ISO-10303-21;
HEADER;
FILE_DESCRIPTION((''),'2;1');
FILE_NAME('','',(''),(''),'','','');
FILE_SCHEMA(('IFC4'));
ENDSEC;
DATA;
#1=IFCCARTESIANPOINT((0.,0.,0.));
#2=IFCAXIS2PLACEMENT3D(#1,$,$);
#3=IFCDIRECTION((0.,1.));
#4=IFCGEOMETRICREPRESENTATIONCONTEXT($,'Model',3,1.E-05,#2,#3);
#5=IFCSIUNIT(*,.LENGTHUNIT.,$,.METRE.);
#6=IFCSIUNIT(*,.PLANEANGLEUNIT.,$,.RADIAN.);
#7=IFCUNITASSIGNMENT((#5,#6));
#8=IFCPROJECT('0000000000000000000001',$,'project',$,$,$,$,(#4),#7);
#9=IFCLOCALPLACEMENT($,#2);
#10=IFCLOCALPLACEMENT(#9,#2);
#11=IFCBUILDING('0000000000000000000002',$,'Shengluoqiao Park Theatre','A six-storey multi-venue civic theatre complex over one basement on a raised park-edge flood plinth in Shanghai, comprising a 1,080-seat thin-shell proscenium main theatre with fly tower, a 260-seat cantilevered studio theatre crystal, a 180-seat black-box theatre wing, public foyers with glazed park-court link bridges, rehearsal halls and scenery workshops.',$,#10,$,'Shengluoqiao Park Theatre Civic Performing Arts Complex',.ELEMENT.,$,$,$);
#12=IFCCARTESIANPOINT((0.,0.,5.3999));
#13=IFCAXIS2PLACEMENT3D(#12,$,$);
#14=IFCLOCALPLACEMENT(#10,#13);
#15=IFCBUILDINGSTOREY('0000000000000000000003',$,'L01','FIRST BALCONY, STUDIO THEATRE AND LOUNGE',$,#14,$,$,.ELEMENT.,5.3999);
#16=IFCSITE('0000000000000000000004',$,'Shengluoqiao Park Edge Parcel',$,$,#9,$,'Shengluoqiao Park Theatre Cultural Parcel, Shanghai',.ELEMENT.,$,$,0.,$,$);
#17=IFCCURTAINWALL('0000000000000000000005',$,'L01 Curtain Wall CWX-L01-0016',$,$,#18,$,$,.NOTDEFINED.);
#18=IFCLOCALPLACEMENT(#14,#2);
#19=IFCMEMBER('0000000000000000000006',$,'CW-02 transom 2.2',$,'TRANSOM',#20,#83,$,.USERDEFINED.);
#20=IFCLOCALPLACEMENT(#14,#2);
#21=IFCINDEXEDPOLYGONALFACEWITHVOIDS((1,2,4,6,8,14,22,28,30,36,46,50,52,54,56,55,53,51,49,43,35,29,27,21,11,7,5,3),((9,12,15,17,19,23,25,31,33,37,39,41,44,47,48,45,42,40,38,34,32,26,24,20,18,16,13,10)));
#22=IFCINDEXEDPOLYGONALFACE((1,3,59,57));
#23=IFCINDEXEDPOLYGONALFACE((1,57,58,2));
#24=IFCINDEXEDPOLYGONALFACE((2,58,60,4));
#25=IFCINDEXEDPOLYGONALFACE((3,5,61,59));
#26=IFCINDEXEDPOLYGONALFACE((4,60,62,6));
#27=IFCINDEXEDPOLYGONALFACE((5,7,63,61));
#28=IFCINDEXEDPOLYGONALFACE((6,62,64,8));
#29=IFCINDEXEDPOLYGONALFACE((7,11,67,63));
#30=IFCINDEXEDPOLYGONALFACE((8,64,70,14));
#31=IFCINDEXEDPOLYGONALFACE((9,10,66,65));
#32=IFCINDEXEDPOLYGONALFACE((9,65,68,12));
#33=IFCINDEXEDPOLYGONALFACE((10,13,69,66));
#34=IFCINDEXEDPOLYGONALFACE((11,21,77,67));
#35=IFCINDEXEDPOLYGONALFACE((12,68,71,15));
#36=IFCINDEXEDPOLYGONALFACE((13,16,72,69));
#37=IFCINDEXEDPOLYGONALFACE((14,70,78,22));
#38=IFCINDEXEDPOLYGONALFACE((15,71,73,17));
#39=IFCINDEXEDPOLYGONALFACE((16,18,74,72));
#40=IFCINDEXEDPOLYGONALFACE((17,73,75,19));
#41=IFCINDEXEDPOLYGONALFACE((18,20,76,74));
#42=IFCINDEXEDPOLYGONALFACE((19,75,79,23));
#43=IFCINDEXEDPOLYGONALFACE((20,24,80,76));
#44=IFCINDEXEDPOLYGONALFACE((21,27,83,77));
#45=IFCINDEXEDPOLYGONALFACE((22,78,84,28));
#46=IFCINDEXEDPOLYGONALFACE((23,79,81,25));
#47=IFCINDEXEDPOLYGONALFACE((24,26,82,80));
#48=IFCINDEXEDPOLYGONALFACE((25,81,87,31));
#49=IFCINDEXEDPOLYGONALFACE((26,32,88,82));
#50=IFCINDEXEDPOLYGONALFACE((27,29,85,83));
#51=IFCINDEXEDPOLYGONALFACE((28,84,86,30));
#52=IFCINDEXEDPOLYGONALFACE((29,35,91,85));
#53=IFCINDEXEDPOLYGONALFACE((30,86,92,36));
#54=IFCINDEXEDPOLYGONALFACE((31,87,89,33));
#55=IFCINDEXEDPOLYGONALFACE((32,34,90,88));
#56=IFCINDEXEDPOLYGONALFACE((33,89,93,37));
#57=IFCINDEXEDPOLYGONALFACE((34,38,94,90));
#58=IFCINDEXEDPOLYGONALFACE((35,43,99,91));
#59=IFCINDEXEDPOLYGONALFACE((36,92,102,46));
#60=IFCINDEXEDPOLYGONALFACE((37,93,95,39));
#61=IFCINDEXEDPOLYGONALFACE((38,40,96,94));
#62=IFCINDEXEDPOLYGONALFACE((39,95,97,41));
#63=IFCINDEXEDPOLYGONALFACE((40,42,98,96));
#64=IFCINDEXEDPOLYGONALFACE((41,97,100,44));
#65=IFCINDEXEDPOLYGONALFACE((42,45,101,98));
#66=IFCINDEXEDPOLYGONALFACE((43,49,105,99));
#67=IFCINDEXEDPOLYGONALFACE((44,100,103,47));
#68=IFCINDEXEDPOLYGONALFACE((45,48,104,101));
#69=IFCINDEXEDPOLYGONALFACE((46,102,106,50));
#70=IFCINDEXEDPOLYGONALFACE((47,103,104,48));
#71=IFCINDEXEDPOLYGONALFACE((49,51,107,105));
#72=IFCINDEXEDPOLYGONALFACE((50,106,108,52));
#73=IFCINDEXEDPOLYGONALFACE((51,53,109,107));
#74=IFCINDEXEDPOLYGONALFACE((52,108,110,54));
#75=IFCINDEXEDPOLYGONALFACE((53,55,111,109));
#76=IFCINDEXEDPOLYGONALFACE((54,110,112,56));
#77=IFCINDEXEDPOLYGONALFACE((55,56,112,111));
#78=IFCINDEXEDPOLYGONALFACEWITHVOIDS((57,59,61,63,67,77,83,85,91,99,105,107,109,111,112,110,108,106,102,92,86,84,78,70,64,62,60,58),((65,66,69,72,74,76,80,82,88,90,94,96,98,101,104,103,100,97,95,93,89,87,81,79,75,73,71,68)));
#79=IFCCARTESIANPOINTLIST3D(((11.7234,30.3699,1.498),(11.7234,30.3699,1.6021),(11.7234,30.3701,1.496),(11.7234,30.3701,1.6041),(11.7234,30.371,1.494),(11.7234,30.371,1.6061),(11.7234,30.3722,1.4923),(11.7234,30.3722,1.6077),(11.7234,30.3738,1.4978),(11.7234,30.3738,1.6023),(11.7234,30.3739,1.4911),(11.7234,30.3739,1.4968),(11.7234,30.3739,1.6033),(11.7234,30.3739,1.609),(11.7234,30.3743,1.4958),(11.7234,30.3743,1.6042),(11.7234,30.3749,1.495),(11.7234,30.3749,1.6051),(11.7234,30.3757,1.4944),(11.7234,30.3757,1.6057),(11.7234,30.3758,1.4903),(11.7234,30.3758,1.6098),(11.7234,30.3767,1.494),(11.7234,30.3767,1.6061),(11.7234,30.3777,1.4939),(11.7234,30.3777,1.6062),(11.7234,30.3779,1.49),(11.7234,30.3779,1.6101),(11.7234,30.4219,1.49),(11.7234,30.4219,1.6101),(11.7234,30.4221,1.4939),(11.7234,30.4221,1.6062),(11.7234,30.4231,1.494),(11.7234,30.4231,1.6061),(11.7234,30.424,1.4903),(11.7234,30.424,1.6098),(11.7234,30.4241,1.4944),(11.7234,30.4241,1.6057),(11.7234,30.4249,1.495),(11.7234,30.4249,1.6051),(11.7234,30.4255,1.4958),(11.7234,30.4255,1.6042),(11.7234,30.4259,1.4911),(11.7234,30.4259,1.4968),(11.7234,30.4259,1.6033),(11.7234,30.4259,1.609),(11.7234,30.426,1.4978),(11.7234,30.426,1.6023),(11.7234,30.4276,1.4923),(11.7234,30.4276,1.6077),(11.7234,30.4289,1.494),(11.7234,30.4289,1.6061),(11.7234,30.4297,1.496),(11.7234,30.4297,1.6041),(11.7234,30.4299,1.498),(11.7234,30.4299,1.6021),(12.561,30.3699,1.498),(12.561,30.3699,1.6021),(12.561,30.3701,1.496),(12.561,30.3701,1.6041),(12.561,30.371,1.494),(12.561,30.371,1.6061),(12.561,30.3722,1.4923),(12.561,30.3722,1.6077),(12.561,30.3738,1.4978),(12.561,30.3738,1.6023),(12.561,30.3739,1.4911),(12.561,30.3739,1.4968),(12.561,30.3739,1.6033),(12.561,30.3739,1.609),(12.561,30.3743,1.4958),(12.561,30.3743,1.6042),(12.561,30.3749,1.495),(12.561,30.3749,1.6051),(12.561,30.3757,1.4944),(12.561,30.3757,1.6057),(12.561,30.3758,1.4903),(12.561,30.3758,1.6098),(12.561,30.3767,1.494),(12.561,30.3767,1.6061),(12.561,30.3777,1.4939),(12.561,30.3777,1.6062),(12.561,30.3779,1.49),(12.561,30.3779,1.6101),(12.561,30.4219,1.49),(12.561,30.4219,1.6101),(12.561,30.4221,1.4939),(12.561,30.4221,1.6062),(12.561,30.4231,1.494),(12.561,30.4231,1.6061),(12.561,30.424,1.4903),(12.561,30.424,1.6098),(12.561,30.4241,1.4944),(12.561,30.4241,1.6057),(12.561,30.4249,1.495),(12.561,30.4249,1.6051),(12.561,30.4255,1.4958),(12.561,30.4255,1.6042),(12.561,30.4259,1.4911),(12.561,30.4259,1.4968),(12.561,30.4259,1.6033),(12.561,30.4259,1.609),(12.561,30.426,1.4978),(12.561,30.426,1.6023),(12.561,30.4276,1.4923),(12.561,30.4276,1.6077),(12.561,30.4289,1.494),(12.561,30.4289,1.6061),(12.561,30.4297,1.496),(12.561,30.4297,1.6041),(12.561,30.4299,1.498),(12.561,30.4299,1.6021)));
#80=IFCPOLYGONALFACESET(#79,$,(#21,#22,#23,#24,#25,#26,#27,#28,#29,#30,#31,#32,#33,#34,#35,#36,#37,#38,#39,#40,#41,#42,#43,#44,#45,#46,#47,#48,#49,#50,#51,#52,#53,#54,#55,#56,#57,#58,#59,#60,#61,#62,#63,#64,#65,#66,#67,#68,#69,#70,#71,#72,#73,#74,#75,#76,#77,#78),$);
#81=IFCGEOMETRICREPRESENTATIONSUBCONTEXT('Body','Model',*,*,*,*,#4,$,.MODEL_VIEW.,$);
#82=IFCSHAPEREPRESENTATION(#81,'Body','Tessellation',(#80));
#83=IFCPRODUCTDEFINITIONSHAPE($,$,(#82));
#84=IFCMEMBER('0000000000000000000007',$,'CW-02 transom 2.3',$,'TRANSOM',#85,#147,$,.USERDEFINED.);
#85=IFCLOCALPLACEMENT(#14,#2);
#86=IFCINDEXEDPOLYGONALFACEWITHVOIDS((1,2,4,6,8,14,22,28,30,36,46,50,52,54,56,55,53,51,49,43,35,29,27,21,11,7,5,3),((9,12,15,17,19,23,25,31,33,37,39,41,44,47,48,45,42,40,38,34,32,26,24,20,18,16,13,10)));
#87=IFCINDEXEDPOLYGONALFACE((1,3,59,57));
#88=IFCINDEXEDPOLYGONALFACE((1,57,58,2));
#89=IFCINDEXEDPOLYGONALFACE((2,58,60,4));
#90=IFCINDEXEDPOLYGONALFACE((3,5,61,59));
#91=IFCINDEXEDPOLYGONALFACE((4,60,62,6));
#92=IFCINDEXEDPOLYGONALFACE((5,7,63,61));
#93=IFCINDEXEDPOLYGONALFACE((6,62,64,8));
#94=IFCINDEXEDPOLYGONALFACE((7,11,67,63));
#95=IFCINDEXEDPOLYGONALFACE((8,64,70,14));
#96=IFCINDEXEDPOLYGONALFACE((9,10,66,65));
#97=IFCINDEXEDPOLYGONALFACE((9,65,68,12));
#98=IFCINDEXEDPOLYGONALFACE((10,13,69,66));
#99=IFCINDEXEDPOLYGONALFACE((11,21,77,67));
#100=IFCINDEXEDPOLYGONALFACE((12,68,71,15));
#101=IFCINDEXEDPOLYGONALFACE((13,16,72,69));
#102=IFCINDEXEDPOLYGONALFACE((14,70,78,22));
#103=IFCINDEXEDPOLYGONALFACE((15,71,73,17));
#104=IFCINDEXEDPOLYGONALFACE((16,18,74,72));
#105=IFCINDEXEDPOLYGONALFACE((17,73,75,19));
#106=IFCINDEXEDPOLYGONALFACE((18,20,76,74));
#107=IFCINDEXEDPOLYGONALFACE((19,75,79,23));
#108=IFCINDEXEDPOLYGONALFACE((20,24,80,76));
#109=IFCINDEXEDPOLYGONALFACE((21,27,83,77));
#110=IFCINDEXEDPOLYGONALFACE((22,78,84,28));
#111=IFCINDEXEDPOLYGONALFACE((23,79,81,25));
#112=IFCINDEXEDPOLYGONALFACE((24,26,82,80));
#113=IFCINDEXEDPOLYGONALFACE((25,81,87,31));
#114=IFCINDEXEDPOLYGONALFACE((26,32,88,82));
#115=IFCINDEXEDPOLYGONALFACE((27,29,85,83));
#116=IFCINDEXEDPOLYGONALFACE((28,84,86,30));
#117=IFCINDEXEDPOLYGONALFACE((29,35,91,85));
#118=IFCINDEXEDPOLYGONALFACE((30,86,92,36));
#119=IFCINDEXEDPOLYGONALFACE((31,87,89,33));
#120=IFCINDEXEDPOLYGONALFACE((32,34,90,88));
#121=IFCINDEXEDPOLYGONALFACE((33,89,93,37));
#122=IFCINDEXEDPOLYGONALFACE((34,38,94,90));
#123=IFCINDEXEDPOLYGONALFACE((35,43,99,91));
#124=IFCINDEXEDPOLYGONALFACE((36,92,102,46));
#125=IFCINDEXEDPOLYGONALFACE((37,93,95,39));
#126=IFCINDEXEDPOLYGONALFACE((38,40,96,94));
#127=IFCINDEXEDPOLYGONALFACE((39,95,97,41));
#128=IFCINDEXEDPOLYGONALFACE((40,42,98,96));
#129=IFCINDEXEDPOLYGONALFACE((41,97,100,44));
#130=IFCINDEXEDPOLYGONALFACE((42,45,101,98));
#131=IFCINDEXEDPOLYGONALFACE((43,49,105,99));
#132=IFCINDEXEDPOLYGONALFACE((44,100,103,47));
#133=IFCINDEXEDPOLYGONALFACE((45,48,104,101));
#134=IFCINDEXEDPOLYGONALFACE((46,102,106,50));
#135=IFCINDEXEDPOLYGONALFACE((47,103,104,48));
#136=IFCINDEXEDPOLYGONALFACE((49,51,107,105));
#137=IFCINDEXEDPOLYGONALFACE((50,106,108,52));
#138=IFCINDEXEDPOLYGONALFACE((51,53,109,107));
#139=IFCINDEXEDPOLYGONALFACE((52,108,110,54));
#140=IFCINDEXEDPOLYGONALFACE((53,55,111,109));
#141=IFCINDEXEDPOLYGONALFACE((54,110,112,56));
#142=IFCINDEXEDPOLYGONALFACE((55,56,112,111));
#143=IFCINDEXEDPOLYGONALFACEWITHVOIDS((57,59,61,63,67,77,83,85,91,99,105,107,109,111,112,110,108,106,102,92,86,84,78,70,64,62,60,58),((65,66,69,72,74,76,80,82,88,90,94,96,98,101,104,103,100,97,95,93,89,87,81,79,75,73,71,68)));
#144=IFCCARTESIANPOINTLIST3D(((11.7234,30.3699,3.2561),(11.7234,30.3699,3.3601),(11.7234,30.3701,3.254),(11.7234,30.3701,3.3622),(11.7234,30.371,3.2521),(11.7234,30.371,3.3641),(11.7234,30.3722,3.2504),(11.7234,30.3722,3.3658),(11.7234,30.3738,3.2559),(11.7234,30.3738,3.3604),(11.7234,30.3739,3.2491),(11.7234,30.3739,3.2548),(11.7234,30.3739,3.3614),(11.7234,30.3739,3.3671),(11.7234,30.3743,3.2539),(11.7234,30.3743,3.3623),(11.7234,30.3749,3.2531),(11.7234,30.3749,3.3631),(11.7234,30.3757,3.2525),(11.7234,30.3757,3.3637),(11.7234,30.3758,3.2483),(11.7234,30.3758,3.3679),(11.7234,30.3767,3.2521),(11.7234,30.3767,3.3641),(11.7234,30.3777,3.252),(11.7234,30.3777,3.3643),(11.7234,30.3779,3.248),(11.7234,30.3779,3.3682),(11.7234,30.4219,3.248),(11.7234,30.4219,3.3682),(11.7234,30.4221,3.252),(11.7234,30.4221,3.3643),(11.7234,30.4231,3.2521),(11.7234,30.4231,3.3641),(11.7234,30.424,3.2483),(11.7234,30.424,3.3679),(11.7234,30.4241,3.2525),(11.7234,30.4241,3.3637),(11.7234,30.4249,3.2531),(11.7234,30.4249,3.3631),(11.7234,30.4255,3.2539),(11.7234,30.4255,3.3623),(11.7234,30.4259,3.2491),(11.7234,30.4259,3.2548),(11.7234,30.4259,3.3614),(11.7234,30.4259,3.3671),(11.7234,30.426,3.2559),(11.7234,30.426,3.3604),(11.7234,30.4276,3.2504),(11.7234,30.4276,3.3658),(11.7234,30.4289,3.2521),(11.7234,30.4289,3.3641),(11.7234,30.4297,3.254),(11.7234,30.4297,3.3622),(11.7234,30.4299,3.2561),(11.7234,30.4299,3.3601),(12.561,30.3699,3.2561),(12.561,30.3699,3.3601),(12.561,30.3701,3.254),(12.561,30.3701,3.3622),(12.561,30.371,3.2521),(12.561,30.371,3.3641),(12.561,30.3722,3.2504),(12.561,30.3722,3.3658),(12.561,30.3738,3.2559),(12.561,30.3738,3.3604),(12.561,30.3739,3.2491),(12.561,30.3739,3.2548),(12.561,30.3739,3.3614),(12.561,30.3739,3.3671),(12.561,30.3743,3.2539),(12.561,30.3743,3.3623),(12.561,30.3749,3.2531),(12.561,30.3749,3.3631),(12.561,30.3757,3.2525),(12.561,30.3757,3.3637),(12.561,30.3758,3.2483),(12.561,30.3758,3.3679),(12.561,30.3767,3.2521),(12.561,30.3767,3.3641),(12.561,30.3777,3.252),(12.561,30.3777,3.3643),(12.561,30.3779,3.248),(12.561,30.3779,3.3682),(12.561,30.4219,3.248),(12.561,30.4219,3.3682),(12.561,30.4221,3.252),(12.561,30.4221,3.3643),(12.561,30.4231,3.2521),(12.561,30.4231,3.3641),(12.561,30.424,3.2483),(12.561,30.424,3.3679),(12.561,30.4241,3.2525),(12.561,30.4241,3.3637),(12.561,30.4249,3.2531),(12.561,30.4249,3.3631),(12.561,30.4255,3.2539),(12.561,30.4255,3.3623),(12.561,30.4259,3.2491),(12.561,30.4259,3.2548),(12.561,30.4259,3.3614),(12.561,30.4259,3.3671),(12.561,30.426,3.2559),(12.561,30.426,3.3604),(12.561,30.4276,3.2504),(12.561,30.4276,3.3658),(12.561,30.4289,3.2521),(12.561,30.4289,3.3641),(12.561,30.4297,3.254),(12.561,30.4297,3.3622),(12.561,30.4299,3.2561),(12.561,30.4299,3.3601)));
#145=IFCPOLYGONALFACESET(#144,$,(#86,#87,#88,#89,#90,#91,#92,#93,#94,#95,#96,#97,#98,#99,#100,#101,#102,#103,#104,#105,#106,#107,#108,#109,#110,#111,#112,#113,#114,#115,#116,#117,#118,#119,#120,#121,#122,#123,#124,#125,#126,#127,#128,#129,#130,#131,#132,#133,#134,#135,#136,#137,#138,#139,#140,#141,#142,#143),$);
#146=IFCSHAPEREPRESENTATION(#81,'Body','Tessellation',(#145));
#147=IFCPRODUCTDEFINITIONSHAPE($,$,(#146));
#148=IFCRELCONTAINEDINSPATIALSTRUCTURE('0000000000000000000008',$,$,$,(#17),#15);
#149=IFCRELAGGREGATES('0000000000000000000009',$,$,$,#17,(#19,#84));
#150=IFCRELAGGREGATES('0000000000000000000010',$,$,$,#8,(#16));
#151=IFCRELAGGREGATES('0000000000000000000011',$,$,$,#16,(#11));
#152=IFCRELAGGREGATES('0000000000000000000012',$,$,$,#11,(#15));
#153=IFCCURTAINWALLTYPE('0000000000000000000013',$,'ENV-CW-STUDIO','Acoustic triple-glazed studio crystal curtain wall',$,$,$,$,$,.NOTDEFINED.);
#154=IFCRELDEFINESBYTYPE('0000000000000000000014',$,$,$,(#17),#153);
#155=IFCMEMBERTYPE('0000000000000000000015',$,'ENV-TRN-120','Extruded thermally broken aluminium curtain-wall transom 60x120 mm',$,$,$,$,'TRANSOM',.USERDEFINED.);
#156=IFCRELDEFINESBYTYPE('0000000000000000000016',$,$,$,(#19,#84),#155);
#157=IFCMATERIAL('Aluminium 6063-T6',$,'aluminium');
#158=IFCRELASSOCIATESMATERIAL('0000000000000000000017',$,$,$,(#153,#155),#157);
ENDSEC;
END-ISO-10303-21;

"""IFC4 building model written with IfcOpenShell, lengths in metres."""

from ifc_helpers import new_model, si_unit, direction, frame, origin, origin_2d, place, context, subcontext, project, spatial, hollow_rectangle, extrude, material, material_profile, profile_set, type_object, element, aggregate, save


model = new_model("IFC4")

# Units and contexts
model_context = context("Model", 3, precision=1e-05, world=origin(), true_north=direction((0.0, 1.0)))
body_context = subcontext(model_context, "Body", "Model", "MODEL_VIEW")
ifc_project = project(units=[si_unit("LENGTHUNIT", "METRE"), si_unit("PLANEANGLEUNIT", "RADIAN")], contexts=[model_context])

# Site, building, storey
site_placement = place(None, origin())
site = spatial("IfcSite", under=ifc_project, at=site_placement, Name="Shengluoqiao Park Edge Parcel", LongName="Shengluoqiao Park Theatre Cultural Parcel, Shanghai", CompositionType="ELEMENT", RefElevation=0.0)
building_placement = place(site_placement, origin())
building = spatial("IfcBuilding", under=site, at=building_placement, Name="Shengluoqiao Park Theatre", Description="A six-storey multi-venue civic theatre complex over one basement on a raised park-edge flood plinth in Shanghai, comprising a 1,080-seat thin-shell proscenium main theatre with fly tower, a 260-seat cantilevered studio theatre crystal, a 180-seat black-box theatre wing, public foyers with glazed park-court link bridges, rehearsal halls and scenery workshops.", LongName="Shengluoqiao Park Theatre Civic Performing Arts Complex", CompositionType="ELEMENT")
storey_placement = place(building_placement, frame((0.0, 0.0, 5.3999)))
storey = spatial("IfcBuildingStorey", under=building, at=storey_placement, Name="L01", Description="FIRST BALCONY, STUDIO THEATRE AND LOUNGE", CompositionType="ELEMENT", Elevation=5.3999)

# Curtain wall
ifc_material_1 = material(Name="Aluminium 6063-T6", Category="aluminium")
curtain_wall_type = type_object("IfcCurtainWallType", Name="ENV-CW-STUDIO", Description="Acoustic triple-glazed studio crystal curtain wall", PredefinedType="NOTDEFINED", material=ifc_material_1)
curtain_wall_1_placement = place(storey_placement, origin())
curtain_wall_1 = element("IfcCurtainWall", 1, at=curtain_wall_1_placement, inside=storey, type_object=curtain_wall_type, Name="L01 Curtain Wall CWX-L01-0016", PredefinedType="NOTDEFINED")

# Members
ifc_material_profile_1 = material_profile(ifc_material_1, hollow_rectangle(XDim=0.0601, YDim=0.1201, WallThickness=0.0039, InnerFilletRadius=0.0039, OuterFilletRadius=0.0081, at=origin_2d()), Name="ALU TRANSOM 120x60x4")
ifc_profile_set_1 = profile_set([ifc_material_profile_1], Name="Aluminium 6063-T6")
member_type_1 = type_object("IfcMemberType", Name="ENV-TRN-120", Description="Extruded thermally broken aluminium curtain-wall transom 60x120 mm", ElementType="TRANSOM", PredefinedType="USERDEFINED", material=ifc_profile_set_1)
member_1_placement = place(storey_placement, frame((11.7234, 30.3999, 1.55), z_axis=(1.0, 0.0, 0.0), x_axis=(0.0, 1.0, 0.0)))
member_1 = element("IfcMember", 2, at=member_1_placement, type_object=member_type_1, Name="CW-02 transom 2.2", ObjectType="TRANSOM", PredefinedType="USERDEFINED", context=body_context, shape_type="SweptSolid", body=[
    extrude(hollow_rectangle(XDim=0.0601, YDim=0.1201, WallThickness=0.0039, InnerFilletRadius=0.0039, OuterFilletRadius=0.0081, at=origin_2d()), origin(), (0.0, 0.0, 1.0), 0.8376),
])
member_2_placement = place(storey_placement, frame((11.7234, 30.3999, 3.3081), z_axis=(1.0, 0.0, 0.0), x_axis=(0.0, 1.0, 0.0)))
member_2 = element("IfcMember", 3, at=member_2_placement, type_object=member_type_1, Name="CW-02 transom 2.3", ObjectType="TRANSOM", PredefinedType="USERDEFINED", context=body_context, shape_type="SweptSolid", body=[
    extrude(hollow_rectangle(XDim=0.0601, YDim=0.1201, WallThickness=0.0039, InnerFilletRadius=0.0039, OuterFilletRadius=0.0081, at=origin_2d()), origin(), (0.0, 0.0, 1.0), 0.8376),
])

aggregate(curtain_wall_1, [member_1, member_2])

save(model, "model.ifc")
